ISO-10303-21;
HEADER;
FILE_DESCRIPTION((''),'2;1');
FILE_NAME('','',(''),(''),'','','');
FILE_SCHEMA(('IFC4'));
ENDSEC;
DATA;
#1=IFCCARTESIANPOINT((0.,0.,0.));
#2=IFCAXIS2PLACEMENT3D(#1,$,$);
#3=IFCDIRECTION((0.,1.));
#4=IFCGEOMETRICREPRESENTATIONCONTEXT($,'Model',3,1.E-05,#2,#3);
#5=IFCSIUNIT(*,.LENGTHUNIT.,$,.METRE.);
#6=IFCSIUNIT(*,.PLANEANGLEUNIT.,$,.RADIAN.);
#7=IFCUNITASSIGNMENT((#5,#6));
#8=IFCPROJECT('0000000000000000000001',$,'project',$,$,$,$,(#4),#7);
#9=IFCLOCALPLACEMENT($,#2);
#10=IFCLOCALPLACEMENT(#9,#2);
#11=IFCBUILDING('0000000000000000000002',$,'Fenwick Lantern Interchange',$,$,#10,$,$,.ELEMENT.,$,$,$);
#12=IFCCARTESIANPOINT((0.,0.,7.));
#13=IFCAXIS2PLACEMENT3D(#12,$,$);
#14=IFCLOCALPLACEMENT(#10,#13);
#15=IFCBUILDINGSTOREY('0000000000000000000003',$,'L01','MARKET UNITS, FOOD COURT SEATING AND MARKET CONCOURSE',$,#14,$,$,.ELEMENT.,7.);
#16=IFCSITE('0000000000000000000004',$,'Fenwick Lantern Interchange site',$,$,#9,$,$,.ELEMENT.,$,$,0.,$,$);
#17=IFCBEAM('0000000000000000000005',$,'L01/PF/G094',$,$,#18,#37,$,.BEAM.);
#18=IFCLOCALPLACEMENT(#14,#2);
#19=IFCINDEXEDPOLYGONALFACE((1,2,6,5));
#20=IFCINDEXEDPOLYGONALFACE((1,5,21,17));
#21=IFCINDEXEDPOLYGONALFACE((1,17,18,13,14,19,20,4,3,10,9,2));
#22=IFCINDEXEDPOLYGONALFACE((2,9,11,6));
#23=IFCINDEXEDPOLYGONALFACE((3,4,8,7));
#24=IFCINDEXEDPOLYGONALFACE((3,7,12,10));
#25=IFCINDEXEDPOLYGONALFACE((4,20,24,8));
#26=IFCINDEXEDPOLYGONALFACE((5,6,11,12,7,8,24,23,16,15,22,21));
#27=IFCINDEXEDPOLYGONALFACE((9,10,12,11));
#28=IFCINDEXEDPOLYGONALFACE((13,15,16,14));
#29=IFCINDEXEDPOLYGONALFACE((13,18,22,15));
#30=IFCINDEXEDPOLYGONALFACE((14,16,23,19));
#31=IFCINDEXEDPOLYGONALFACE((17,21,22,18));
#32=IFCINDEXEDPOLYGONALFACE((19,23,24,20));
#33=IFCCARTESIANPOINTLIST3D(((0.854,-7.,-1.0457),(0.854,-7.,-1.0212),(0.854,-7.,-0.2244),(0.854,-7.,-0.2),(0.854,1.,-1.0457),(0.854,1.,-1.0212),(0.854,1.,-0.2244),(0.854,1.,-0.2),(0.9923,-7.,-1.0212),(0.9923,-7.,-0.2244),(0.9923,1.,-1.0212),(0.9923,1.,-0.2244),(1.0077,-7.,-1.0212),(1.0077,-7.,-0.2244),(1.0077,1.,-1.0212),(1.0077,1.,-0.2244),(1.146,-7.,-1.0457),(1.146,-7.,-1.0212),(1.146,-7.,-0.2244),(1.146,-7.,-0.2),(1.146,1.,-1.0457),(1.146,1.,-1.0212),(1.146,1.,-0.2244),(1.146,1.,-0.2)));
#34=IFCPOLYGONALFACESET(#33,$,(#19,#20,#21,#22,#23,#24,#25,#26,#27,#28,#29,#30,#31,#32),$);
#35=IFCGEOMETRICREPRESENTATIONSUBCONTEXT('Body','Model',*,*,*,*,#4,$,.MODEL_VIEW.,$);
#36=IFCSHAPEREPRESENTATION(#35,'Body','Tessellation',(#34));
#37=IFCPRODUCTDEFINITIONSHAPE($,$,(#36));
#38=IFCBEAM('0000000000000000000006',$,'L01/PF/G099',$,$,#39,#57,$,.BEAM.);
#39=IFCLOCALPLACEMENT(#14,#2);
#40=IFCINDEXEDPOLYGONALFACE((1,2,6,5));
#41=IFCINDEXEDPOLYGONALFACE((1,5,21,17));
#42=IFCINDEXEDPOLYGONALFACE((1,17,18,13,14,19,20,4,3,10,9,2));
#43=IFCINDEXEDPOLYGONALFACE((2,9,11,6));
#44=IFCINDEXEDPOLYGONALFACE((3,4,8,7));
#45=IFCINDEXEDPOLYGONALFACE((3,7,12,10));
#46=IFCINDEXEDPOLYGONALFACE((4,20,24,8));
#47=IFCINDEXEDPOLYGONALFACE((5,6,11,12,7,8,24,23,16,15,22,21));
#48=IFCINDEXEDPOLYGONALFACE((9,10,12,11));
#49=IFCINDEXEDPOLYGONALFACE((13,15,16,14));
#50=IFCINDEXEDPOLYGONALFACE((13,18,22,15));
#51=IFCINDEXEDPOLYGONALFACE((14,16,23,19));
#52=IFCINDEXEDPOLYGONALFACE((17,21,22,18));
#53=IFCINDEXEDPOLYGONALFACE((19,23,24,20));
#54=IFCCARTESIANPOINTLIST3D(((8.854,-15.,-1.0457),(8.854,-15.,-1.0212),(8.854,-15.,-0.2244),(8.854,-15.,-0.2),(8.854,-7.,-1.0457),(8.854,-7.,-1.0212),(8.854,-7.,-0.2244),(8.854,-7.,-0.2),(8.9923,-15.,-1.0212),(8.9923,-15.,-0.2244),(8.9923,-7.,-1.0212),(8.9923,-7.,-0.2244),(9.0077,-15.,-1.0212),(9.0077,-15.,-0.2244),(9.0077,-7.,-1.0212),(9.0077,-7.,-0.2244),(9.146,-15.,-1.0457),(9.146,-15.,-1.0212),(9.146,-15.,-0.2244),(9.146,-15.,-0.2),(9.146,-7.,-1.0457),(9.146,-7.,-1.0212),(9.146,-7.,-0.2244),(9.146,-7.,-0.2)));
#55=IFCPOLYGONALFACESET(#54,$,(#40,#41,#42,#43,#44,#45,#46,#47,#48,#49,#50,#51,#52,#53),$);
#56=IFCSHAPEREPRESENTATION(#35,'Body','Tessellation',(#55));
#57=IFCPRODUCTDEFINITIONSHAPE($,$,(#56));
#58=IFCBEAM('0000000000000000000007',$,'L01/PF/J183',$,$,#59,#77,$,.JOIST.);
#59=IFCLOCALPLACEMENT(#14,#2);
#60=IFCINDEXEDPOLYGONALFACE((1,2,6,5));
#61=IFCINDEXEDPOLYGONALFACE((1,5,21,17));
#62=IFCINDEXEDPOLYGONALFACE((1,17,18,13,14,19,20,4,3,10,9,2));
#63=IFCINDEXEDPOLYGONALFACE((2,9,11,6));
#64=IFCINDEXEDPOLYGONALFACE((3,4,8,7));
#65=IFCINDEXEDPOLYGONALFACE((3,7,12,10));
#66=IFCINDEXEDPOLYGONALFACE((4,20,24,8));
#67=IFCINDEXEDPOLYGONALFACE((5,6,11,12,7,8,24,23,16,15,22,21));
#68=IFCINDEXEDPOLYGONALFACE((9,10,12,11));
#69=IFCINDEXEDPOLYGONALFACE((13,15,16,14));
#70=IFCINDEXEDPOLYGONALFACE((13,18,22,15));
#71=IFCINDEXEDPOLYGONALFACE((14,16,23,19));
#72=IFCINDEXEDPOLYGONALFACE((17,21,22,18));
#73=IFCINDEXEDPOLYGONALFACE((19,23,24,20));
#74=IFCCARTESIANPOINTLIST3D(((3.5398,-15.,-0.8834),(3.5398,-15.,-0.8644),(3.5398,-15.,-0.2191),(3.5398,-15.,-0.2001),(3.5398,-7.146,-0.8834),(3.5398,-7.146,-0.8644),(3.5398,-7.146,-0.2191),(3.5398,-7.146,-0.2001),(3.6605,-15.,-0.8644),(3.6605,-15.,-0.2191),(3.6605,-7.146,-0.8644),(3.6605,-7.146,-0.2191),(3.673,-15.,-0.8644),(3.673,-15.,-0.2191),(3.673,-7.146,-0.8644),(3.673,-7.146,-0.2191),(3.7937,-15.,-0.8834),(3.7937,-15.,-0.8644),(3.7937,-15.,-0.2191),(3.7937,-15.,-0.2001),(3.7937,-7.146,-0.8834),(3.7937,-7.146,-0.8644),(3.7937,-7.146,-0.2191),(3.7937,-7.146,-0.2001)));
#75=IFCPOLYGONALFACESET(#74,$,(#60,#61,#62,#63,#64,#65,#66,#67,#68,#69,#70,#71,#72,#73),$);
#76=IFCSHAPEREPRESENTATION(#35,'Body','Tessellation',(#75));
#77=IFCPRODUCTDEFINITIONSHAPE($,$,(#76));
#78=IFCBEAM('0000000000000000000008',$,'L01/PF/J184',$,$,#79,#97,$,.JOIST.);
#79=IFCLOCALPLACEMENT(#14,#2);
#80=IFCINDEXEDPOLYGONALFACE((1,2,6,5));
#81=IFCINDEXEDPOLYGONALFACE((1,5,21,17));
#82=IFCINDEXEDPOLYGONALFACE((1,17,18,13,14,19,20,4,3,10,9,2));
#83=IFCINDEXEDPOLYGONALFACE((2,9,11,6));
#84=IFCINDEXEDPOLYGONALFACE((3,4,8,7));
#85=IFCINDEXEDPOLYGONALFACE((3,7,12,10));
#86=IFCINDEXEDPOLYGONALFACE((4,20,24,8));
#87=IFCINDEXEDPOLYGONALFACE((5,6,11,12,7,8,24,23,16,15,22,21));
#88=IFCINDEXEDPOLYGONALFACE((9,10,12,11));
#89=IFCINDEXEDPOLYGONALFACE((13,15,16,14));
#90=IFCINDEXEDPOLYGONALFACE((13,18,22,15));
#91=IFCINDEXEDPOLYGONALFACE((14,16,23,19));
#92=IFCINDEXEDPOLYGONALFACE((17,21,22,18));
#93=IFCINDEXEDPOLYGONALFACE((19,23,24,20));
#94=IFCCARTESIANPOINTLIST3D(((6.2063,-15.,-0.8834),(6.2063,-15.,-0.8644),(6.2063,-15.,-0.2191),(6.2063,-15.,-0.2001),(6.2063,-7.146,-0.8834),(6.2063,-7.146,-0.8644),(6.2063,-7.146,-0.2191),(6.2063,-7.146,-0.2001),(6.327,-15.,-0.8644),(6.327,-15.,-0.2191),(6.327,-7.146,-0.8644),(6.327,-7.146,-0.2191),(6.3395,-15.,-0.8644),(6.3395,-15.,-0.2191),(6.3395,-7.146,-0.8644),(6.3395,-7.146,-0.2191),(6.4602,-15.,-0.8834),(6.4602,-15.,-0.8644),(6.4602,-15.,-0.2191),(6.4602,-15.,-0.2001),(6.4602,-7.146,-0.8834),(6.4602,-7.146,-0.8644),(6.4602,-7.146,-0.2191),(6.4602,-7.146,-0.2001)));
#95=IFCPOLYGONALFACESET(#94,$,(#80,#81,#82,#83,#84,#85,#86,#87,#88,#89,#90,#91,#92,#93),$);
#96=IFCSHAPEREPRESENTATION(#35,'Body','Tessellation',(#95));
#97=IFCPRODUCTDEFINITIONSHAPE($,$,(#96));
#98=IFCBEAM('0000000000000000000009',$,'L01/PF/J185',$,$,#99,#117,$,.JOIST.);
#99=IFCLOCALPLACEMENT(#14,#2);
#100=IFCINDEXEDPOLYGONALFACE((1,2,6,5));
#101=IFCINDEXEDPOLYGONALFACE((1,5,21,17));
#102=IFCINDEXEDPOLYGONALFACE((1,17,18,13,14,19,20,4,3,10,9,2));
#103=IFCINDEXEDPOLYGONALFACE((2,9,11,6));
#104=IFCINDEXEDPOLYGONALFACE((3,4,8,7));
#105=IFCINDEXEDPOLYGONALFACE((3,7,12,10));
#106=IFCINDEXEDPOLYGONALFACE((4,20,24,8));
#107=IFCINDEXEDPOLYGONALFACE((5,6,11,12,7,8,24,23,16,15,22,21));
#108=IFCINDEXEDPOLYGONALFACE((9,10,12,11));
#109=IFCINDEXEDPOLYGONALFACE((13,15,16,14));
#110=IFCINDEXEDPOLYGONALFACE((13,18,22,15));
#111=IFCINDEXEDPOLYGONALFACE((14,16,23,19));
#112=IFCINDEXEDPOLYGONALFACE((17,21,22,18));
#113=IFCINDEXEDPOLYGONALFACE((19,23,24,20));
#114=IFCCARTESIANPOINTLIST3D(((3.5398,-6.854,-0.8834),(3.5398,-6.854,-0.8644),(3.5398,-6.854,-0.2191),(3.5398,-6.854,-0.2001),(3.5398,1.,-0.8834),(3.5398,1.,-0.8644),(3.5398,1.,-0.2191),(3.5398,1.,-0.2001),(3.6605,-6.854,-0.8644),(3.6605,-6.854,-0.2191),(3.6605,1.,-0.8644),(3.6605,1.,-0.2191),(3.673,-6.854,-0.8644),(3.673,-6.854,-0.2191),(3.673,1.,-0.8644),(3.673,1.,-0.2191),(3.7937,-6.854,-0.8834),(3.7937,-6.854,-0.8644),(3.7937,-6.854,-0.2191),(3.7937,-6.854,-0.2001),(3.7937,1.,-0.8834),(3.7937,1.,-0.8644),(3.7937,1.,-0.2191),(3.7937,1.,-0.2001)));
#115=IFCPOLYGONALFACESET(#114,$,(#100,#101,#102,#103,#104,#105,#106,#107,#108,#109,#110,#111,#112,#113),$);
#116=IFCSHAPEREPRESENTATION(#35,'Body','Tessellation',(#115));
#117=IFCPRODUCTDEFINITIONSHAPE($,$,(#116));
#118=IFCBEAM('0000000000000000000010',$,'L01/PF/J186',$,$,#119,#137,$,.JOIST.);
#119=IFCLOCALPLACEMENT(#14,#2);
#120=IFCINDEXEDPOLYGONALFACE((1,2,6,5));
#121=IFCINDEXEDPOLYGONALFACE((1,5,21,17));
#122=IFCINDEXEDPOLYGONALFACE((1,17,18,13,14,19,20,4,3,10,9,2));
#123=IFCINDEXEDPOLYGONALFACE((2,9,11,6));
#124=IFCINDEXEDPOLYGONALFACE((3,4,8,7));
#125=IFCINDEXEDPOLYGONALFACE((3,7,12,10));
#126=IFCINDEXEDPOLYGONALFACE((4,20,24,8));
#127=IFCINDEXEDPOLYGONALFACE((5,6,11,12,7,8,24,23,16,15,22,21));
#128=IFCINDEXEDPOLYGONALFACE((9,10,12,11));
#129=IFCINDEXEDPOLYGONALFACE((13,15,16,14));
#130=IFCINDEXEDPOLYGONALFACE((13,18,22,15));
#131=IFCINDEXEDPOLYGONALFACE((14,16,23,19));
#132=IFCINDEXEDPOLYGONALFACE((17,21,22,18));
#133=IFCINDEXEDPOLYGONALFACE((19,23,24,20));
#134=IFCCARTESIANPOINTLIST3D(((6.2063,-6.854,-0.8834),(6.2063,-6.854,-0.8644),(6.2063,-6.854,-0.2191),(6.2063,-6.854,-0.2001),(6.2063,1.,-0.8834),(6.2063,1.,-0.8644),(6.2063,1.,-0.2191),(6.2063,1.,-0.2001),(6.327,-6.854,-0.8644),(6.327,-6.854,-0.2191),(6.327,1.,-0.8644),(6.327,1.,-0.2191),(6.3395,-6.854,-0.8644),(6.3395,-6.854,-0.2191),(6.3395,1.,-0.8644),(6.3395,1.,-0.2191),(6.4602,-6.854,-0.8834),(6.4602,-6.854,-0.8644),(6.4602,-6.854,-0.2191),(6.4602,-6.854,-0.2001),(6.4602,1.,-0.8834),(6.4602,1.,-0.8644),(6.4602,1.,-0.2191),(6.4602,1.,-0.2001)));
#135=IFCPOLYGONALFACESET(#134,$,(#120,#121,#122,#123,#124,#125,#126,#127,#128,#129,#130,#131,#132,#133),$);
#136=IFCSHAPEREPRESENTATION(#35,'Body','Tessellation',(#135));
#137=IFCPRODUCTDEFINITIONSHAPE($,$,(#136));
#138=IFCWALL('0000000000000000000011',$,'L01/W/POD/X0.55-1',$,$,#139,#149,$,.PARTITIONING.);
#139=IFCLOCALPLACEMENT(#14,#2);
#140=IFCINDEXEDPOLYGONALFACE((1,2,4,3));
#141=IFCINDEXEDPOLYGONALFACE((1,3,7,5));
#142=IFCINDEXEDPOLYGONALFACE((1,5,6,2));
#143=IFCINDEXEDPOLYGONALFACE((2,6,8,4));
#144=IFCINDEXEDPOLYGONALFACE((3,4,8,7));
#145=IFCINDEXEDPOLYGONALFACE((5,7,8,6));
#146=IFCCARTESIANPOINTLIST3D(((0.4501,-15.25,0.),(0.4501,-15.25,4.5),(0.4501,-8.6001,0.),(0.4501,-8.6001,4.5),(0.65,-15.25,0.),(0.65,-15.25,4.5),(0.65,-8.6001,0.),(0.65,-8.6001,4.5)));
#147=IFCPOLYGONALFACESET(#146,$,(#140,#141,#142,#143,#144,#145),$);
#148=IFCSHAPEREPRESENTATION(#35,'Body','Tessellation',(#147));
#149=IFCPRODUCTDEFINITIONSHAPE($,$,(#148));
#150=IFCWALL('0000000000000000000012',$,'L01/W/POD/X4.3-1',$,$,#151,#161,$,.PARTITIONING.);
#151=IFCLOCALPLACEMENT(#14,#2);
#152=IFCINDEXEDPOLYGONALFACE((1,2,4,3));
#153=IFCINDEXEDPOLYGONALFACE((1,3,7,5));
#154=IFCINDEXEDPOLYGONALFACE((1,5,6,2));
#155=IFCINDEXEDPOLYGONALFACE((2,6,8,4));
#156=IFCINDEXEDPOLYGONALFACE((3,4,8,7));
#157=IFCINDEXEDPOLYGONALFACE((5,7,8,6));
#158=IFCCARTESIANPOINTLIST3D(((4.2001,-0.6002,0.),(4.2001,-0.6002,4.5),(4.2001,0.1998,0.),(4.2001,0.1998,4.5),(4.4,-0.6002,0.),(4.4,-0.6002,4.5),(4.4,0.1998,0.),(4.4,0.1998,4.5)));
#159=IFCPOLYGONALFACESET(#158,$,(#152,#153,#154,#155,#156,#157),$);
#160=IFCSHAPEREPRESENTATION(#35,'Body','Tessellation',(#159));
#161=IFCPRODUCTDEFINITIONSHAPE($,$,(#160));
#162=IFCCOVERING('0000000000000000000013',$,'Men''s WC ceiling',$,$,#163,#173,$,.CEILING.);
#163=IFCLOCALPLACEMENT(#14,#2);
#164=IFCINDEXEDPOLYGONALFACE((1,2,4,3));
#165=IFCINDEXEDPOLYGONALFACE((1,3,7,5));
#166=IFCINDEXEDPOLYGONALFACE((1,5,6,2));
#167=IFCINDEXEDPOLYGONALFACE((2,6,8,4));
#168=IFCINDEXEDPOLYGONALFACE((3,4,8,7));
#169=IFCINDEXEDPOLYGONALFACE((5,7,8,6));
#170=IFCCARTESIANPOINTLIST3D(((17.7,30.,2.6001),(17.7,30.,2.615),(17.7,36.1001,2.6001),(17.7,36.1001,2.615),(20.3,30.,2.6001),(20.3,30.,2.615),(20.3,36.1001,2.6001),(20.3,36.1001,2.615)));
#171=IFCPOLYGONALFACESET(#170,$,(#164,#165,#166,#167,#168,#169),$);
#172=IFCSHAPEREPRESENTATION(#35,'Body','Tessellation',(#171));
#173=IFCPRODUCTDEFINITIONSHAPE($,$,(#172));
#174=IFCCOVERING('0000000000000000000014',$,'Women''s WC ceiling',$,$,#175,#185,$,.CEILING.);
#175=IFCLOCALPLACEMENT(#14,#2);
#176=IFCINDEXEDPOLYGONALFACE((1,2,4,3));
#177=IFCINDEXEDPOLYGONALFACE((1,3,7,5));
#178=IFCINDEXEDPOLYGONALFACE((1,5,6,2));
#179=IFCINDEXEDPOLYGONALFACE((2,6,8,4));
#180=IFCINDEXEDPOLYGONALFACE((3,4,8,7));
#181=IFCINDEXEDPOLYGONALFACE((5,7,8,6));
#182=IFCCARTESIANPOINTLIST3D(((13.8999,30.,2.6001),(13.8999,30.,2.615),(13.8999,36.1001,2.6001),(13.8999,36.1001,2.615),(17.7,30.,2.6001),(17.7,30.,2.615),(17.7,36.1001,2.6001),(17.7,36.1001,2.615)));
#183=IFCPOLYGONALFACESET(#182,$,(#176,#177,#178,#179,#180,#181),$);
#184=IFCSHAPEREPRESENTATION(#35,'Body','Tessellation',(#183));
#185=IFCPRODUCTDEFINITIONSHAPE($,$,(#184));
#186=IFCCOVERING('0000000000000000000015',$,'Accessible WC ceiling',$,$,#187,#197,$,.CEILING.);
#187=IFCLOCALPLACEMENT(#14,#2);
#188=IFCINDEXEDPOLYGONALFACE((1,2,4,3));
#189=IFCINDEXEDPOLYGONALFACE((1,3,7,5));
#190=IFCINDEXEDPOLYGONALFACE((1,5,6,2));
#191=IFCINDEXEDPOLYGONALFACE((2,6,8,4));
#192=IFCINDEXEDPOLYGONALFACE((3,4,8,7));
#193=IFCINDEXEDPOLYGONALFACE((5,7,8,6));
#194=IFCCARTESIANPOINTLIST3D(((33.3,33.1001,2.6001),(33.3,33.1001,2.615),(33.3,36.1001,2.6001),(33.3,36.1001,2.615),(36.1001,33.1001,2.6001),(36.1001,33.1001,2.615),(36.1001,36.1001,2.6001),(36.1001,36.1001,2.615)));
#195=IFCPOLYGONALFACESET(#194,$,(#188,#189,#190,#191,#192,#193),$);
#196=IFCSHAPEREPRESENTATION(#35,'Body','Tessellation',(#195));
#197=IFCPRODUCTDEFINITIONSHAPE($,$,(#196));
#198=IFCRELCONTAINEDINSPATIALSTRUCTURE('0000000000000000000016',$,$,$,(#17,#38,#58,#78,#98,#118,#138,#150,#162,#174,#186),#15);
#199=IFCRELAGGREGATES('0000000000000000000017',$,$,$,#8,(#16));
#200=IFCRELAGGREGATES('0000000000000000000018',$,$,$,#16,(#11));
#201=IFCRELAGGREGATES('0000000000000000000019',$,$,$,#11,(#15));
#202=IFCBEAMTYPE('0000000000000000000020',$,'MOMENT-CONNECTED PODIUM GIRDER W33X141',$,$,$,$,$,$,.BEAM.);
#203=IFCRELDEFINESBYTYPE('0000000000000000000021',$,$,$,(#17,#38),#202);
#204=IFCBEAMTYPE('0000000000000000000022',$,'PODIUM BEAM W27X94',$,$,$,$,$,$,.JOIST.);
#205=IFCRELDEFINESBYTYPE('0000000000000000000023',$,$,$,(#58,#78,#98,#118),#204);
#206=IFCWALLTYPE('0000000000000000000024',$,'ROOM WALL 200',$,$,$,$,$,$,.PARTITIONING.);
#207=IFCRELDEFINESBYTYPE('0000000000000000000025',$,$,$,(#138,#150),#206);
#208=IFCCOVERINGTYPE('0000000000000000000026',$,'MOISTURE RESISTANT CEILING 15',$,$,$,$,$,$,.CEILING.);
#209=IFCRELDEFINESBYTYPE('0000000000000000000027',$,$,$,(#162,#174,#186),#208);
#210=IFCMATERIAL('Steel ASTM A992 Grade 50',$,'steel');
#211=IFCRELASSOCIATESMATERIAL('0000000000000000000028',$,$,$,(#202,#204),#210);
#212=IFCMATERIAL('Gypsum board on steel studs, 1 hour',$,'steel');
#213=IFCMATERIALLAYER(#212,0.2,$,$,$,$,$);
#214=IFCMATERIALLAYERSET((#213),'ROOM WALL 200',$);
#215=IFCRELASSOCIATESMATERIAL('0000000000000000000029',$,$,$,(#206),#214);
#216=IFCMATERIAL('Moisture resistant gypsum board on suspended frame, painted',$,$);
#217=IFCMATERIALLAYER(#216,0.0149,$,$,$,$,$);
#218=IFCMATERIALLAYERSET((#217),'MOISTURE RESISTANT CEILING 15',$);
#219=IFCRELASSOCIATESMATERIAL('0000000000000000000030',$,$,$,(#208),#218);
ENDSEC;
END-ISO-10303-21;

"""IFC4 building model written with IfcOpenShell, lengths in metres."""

from ifc_helpers import new_model, si_unit, direction, frame, frame_2d, origin, origin_2d, place, context, subcontext, project, spatial, polyline, rectangle, i_section, outline, extrude, material, layer, layer_set, material_profile, profile_set, type_object, element, save


model = new_model("IFC4")

# Units and contexts
model_context = context("Model", 3, precision=1e-05, world=origin(), true_north=direction((0.0, 1.0)))
body_context = subcontext(model_context, "Body", "Model", "MODEL_VIEW")
ifc_project = project(units=[si_unit("LENGTHUNIT", "METRE"), si_unit("PLANEANGLEUNIT", "RADIAN")], contexts=[model_context])

# Site, building, storey
site_placement = place(None, origin())
site = spatial("IfcSite", under=ifc_project, at=site_placement, Name="Fenwick Lantern Interchange site", CompositionType="ELEMENT", RefElevation=0.0)
building_placement = place(site_placement, origin())
building = spatial("IfcBuilding", under=site, at=building_placement, Name="Fenwick Lantern Interchange", CompositionType="ELEMENT")
storey_placement = place(building_placement, frame((0.0, 0.0, 7.0)))
storey = spatial("IfcBuildingStorey", under=building, at=storey_placement, Name="L01", Description="MARKET UNITS, FOOD COURT SEATING AND MARKET CONCOURSE", CompositionType="ELEMENT", Elevation=7.0)

# Shared definitions
ifc_material_1 = material(Name="Steel ASTM A992 Grade 50", Category="steel")

# Beams
ifc_material_profile_1 = material_profile(ifc_material_1, i_section(OverallWidth=0.292, OverallDepth=0.8457, WebThickness=0.0154, FlangeThickness=0.0244, at=origin_2d()), Name="W33X141")
ifc_profile_set_1 = profile_set([ifc_material_profile_1], Name="Steel ASTM A992 Grade 50")
beam_type_1 = type_object("IfcBeamType", Name="MOMENT-CONNECTED PODIUM GIRDER W33X141", PredefinedType="BEAM", material=ifc_profile_set_1)
for number, where, z_axis, x_axis, name in (
    (1, (1.0, -7.0, -0.6228), (0.0, 1.0, 0.0), (-1.0, 0.0, 0.0), "L01/PF/G094"),
    (2, (9.0, -15.0, -0.6228), (0.0, 1.0, 0.0), (-1.0, 0.0, 0.0), "L01/PF/G099"),
):
    element("IfcBeam", number, at=place(storey_placement, frame(where, z_axis=z_axis, x_axis=x_axis)), inside=storey, type_object=beam_type_1, Name=name, PredefinedType="BEAM", context=body_context, shape_type="SweptSolid", body=[
        extrude(i_section(OverallWidth=0.292, OverallDepth=0.8457, WebThickness=0.0154, FlangeThickness=0.0244, at=origin_2d()), origin(), (0.0, 0.0, 1.0), 8.0),
    ])
ifc_material_profile_2 = material_profile(ifc_material_1, i_section(OverallWidth=0.2539, OverallDepth=0.6833, WebThickness=0.0125, FlangeThickness=0.019, at=origin_2d()), Name="W27X94")
ifc_profile_set_2 = profile_set([ifc_material_profile_2], Name="Steel ASTM A992 Grade 50")
beam_type_2 = type_object("IfcBeamType", Name="PODIUM BEAM W27X94", PredefinedType="JOIST", material=ifc_profile_set_2)
for number, where, z_axis, x_axis, name in (
    (3, (3.6667, -15.0, -0.5417), (0.0, 1.0, 0.0), (-1.0, 0.0, 0.0), "L01/PF/J183"),
    (4, (6.3333, -15.0, -0.5417), (0.0, 1.0, 0.0), (-1.0, 0.0, 0.0), "L01/PF/J184"),
    (5, (3.6667, -6.854, -0.5417), (0.0, 1.0, 0.0), (-1.0, 0.0, 0.0), "L01/PF/J185"),
    (6, (6.3333, -6.854, -0.5417), (0.0, 1.0, 0.0), (-1.0, 0.0, 0.0), "L01/PF/J186"),
):
    element("IfcBeam", number, at=place(storey_placement, frame(where, z_axis=z_axis, x_axis=x_axis)), inside=storey, type_object=beam_type_2, Name=name, PredefinedType="JOIST", context=body_context, shape_type="SweptSolid", body=[
        extrude(i_section(OverallWidth=0.2539, OverallDepth=0.6833, WebThickness=0.0125, FlangeThickness=0.019, at=origin_2d()), origin(), (0.0, 0.0, 1.0), 7.854),
    ])

# Walls
ifc_material_2 = material(Name="Gypsum board on steel studs, 1 hour", Category="steel")
ifc_layer_1 = layer(ifc_material_2, 0.2)
ifc_layer_set_1 = layer_set([ifc_layer_1], Name="ROOM WALL 200")
wall_type = type_object("IfcWallType", Name="ROOM WALL 200", PredefinedType="PARTITIONING", material=ifc_layer_set_1)
wall_1_placement = place(storey_placement, frame((0.55, -15.25, 0.0), z_axis=(0.0, 0.0, 1.0), x_axis=(0.0, 1.0, 0.0)))
element("IfcWall", 7, at=wall_1_placement, inside=storey, type_object=wall_type, Name="L01/W/POD/X0.55-1", PredefinedType="PARTITIONING", context=body_context, shape_type="SweptSolid", body=[
    extrude(rectangle(XDim=6.6499, YDim=0.2, at=frame_2d((3.325, 0.0))), origin(), (0.0, 0.0, 1.0), 4.5),
])
wall_2_placement = place(storey_placement, frame((4.3, -0.6001, 0.0), z_axis=(0.0, 0.0, 1.0), x_axis=(0.0, 1.0, 0.0)))
element("IfcWall", 8, at=wall_2_placement, inside=storey, type_object=wall_type, Name="L01/W/POD/X4.3-1", PredefinedType="PARTITIONING", context=body_context, shape_type="SweptSolid", body=[
    extrude(rectangle(XDim=0.8, YDim=0.2, at=frame_2d((0.3999, 0.0))), origin(), (0.0, 0.0, 1.0), 4.5),
])

# Coverings
ifc_material_3 = material(Name="Moisture resistant gypsum board on suspended frame, painted")
ifc_layer_2 = layer(ifc_material_3, 0.0149)
ifc_layer_set_2 = layer_set([ifc_layer_2], Name="MOISTURE RESISTANT CEILING 15")
covering_type = type_object("IfcCoveringType", Name="MOISTURE RESISTANT CEILING 15", PredefinedType="CEILING", material=ifc_layer_set_2)
covering_1_placement = place(storey_placement, frame((0.0, 0.0, 2.6001)))
element("IfcCovering", 9, at=covering_1_placement, inside=storey, type_object=covering_type, Name="Men's WC ceiling", PredefinedType="CEILING", context=body_context, shape_type="SweptSolid", body=[
    extrude(outline(polyline([(20.3, 36.1001), (17.7, 36.1001), (17.7, 30.0), (20.3, 30.0), (20.3, 36.1001)])), origin(), (0.0, 0.0, 1.0), 0.0149),
])
covering_2_placement = place(storey_placement, frame((0.0, 0.0, 2.6001)))
element("IfcCovering", 10, at=covering_2_placement, inside=storey, type_object=covering_type, Name="Women's WC ceiling", PredefinedType="CEILING", context=body_context, shape_type="SweptSolid", body=[
    extrude(outline(polyline([(17.7, 36.1001), (13.8999, 36.1001), (13.8999, 30.0), (17.7, 30.0), (17.7, 36.1001)])), origin(), (0.0, 0.0, 1.0), 0.0149),
])
covering_3_placement = place(storey_placement, frame((0.0, 0.0, 2.6001)))
element("IfcCovering", 11, at=covering_3_placement, inside=storey, type_object=covering_type, Name="Accessible WC ceiling", PredefinedType="CEILING", context=body_context, shape_type="SweptSolid", body=[
    extrude(outline(polyline([(36.1001, 36.1001), (33.3, 36.1001), (33.3, 33.1001), (36.1001, 33.1001), (36.1001, 36.1001)])), origin(), (0.0, 0.0, 1.0), 0.0149),
])

save(model, "model.ifc")
